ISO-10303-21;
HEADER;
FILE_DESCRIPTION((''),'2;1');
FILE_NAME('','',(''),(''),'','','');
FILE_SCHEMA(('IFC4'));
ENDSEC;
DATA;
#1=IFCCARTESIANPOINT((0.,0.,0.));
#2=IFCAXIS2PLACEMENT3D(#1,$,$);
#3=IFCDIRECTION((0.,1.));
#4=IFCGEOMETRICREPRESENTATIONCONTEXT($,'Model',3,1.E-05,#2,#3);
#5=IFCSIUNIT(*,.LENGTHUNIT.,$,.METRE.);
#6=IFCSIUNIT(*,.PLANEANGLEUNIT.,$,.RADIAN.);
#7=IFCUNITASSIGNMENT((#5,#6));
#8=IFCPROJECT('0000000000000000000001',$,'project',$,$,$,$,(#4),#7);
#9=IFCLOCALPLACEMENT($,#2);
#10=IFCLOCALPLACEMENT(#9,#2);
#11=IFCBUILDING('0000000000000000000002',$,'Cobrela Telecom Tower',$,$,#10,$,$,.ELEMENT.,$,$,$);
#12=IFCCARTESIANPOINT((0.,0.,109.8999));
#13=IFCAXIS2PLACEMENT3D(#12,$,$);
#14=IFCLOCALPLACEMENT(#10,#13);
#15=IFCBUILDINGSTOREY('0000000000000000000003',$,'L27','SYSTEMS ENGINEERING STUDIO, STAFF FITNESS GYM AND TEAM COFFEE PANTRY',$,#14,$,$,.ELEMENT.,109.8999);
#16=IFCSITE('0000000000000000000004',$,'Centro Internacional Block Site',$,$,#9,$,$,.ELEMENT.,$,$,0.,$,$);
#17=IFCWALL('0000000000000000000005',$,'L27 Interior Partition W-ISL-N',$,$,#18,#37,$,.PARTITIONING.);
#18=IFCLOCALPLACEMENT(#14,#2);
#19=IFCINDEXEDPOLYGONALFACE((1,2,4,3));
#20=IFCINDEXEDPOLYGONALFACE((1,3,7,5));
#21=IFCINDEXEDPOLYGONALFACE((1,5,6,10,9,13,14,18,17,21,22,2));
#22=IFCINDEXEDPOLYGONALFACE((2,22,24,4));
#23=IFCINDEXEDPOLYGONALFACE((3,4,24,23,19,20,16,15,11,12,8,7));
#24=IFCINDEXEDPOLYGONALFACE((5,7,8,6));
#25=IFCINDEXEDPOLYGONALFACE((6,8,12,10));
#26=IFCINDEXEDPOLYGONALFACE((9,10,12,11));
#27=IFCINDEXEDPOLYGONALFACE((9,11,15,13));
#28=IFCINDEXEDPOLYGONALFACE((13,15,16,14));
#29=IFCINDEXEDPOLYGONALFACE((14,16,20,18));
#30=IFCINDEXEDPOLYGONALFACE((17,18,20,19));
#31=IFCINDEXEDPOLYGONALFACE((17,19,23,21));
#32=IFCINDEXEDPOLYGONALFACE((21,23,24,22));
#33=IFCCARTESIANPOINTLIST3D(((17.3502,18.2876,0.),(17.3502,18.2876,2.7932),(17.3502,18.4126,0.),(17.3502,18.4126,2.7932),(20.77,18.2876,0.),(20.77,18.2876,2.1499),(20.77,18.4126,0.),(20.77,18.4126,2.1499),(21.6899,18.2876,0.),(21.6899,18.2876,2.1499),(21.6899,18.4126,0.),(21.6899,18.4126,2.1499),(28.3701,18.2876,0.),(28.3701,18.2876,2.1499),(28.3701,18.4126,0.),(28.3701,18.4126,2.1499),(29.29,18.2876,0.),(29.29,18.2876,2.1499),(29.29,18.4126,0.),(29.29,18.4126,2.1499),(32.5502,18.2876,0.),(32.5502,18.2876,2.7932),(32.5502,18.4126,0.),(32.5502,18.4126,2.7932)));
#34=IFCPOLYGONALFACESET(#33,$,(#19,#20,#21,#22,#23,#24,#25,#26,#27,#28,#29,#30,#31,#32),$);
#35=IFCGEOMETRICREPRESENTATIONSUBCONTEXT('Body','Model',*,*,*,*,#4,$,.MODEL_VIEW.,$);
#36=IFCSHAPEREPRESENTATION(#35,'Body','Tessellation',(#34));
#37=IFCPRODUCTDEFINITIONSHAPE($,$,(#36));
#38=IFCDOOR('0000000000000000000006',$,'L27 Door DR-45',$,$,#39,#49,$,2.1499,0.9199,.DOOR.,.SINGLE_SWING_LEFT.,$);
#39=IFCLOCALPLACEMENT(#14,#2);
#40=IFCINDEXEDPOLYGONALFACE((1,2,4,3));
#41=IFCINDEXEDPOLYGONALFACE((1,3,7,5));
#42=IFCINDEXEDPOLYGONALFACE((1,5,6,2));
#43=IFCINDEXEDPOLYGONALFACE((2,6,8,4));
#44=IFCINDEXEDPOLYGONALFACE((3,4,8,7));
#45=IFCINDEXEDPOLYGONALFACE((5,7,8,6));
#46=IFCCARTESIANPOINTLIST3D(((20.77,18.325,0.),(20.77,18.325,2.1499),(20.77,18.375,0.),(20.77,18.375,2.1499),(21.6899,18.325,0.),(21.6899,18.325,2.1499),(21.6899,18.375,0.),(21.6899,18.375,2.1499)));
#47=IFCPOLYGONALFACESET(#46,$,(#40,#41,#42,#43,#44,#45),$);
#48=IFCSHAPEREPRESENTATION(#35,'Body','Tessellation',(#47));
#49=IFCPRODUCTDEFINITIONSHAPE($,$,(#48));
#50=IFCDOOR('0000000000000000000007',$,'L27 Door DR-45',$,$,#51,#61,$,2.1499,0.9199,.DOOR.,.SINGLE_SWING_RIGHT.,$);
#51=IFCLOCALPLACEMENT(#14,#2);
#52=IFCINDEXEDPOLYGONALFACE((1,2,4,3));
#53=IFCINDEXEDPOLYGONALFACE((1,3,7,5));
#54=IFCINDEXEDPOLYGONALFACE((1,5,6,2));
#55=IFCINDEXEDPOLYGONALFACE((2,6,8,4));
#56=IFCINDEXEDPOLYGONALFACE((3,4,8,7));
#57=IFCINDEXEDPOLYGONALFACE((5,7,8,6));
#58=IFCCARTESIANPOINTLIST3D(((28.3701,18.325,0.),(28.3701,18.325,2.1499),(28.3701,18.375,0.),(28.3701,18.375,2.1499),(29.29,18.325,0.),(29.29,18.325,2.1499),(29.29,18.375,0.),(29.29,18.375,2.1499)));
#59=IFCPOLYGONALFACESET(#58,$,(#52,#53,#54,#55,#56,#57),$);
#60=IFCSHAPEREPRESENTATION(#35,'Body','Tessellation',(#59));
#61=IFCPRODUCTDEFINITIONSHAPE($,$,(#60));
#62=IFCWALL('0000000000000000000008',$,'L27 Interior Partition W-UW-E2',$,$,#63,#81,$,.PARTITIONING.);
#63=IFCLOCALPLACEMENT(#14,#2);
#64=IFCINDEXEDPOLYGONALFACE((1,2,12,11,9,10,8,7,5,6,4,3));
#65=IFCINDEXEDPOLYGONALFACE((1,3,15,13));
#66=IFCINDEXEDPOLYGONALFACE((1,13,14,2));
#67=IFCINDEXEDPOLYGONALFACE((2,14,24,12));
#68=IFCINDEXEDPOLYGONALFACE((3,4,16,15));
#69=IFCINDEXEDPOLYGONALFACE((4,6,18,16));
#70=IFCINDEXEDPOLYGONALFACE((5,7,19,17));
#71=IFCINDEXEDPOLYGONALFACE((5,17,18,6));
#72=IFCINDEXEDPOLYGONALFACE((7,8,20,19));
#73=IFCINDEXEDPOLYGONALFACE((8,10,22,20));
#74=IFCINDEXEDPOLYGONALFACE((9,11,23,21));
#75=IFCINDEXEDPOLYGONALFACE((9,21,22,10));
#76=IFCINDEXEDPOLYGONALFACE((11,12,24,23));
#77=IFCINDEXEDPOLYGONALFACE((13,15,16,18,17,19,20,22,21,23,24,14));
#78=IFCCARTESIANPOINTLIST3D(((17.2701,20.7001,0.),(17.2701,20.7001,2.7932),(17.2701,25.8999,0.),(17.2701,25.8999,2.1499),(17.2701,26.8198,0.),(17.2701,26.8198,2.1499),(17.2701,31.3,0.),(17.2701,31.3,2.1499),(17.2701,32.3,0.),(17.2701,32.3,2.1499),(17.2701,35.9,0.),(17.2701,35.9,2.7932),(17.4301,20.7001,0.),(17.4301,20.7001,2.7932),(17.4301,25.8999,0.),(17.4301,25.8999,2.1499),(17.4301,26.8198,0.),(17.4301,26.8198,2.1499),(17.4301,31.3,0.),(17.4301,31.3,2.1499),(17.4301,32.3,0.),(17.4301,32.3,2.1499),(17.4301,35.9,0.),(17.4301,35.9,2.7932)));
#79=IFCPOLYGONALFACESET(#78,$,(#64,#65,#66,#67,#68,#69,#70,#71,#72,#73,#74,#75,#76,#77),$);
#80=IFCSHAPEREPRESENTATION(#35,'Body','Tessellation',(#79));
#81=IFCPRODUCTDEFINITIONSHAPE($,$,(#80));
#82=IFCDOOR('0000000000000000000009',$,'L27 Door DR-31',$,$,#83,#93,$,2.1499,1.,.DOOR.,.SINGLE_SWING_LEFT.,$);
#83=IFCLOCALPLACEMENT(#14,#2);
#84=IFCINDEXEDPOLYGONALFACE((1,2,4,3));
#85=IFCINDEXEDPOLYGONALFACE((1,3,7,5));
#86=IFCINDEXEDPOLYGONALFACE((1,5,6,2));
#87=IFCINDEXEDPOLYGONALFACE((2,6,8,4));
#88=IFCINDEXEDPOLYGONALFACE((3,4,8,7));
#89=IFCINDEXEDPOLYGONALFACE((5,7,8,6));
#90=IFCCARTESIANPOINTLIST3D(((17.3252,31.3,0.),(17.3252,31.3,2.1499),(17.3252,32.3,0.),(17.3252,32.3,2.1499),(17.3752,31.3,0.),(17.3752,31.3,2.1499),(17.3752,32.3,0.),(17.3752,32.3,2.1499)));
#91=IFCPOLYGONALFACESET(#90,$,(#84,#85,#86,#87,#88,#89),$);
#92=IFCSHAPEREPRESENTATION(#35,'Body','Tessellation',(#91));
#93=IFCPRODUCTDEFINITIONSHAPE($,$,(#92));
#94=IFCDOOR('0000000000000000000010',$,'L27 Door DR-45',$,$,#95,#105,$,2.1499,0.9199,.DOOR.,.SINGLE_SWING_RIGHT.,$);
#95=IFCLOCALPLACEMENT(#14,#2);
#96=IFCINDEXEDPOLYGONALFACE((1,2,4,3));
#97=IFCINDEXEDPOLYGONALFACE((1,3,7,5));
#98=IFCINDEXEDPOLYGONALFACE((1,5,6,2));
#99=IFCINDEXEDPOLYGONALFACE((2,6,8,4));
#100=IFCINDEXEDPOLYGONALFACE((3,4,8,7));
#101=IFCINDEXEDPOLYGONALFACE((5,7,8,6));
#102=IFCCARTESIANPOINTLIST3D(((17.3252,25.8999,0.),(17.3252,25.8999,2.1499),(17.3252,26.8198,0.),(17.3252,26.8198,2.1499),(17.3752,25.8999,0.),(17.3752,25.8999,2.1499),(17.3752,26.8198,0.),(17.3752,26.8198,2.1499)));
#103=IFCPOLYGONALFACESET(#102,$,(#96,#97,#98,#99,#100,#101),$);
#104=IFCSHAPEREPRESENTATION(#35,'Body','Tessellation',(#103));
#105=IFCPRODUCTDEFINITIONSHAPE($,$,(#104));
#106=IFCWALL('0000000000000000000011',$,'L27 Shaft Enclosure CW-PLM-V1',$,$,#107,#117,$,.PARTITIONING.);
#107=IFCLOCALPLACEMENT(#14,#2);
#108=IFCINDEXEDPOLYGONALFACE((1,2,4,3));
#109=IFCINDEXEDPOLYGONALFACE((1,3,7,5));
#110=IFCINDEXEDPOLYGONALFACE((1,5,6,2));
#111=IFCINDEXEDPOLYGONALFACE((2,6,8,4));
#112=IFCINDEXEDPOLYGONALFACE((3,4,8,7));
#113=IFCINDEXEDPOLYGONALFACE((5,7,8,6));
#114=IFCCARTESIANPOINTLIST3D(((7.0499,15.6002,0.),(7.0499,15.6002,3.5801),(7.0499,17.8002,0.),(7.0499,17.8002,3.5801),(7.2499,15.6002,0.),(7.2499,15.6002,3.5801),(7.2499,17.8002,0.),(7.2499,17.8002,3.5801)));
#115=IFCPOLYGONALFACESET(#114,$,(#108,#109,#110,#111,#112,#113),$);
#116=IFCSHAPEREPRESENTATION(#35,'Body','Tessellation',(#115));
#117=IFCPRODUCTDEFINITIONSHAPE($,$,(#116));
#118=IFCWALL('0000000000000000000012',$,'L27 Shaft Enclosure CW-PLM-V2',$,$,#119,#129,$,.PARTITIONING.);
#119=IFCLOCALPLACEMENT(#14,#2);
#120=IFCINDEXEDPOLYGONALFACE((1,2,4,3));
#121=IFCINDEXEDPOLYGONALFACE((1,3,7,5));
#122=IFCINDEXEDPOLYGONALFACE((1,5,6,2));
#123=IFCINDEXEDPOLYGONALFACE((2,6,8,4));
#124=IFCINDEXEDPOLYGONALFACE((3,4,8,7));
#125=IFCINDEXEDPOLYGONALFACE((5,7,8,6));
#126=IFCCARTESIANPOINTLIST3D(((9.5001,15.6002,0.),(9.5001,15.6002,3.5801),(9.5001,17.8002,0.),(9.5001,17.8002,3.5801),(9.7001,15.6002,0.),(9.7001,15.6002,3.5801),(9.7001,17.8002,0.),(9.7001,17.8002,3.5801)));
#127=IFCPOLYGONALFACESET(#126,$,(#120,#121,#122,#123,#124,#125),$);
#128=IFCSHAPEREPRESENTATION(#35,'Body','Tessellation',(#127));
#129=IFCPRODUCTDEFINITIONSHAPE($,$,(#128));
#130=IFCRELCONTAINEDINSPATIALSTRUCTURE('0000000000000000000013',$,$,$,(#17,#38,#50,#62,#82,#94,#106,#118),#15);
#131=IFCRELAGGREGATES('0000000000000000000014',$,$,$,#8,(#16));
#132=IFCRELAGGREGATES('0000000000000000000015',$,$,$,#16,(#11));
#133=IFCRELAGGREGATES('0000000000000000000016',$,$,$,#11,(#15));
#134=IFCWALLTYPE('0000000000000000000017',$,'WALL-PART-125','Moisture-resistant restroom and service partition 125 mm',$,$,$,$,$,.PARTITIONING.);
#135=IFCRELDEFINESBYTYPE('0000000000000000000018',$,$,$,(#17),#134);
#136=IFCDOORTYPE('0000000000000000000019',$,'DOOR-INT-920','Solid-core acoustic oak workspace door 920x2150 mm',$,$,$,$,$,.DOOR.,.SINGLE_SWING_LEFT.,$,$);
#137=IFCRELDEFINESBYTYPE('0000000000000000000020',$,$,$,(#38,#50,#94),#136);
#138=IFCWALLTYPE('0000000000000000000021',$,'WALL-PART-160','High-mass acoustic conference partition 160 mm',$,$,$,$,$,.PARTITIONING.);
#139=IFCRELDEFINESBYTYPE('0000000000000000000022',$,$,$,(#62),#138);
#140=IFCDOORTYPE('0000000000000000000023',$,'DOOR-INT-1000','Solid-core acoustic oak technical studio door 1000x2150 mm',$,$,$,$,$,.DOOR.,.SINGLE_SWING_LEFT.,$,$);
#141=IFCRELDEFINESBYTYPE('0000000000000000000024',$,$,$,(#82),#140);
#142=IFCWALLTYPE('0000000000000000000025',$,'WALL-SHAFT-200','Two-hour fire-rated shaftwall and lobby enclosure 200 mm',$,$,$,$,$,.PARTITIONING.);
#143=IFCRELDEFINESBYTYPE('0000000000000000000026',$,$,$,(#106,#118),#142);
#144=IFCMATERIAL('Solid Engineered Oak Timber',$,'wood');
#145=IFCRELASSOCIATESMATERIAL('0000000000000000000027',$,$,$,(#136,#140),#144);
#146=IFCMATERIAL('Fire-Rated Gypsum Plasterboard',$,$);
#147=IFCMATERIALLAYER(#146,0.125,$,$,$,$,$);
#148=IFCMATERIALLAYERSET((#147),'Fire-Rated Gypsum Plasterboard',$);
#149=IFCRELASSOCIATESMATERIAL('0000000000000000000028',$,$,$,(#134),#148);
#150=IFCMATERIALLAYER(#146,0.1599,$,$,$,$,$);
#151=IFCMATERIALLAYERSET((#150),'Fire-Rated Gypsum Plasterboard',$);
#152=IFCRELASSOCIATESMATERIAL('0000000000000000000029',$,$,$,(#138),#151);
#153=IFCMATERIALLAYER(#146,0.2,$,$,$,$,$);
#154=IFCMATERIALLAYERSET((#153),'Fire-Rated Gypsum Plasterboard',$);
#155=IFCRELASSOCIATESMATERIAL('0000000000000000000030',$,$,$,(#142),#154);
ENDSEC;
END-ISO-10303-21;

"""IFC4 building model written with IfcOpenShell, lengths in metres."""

from ifc_helpers import new_model, si_unit, direction, frame, frame_2d, origin, place, context, subcontext, project, spatial, rectangle, extrude, material, layer, layer_set, type_object, element, fill, save


model = new_model("IFC4")

# Units and contexts
model_context = context("Model", 3, precision=1e-05, world=origin(), true_north=direction((0.0, 1.0)))
body_context = subcontext(model_context, "Body", "Model", "MODEL_VIEW")
ifc_project = project(units=[si_unit("LENGTHUNIT", "METRE"), si_unit("PLANEANGLEUNIT", "RADIAN")], contexts=[model_context])

# Site, building, storey
site_placement = place(None, origin())
site = spatial("IfcSite", under=ifc_project, at=site_placement, Name="Centro Internacional Block Site", CompositionType="ELEMENT", RefElevation=0.0)
building_placement = place(site_placement, origin())
building = spatial("IfcBuilding", under=site, at=building_placement, Name="Cobrela Telecom Tower", CompositionType="ELEMENT")
storey_placement = place(building_placement, frame((0.0, 0.0, 109.8999)))
storey = spatial("IfcBuildingStorey", under=building, at=storey_placement, Name="L27", Description="SYSTEMS ENGINEERING STUDIO, STAFF FITNESS GYM AND TEAM COFFEE PANTRY", CompositionType="ELEMENT", Elevation=109.8999)

# Walls, openings, doors
ifc_material_1 = material(Name="Fire-Rated Gypsum Plasterboard")
ifc_material_2 = material(Name="Solid Engineered Oak Timber", Category="wood")
door_type_1 = type_object("IfcDoorType", Name="DOOR-INT-920", Description="Solid-core acoustic oak workspace door 920x2150 mm", OperationType="SINGLE_SWING_LEFT", PredefinedType="DOOR", material=ifc_material_2)
ifc_layer_1 = layer(ifc_material_1, 0.125)
ifc_layer_set_1 = layer_set([ifc_layer_1], Name="Fire-Rated Gypsum Plasterboard")
wall_type_1 = type_object("IfcWallType", Name="WALL-PART-125", Description="Moisture-resistant restroom and service partition 125 mm", PredefinedType="PARTITIONING", material=ifc_layer_set_1)
wall_1_placement = place(storey_placement, frame((17.3501, 18.3501, 0.0), z_axis=(0.0, 0.0, 1.0), x_axis=(1.0, 0.0, 0.0)))
wall_1 = element("IfcWall", 1, at=wall_1_placement, inside=storey, type_object=wall_type_1, Name="L27 Interior Partition W-ISL-N", PredefinedType="PARTITIONING", context=body_context, shape_type="SweptSolid", body=[
    extrude(rectangle(XDim=15.2, YDim=0.125, at=frame_2d((7.6001, 0.0))), origin(), (0.0, 0.0, 1.0), 2.7932),
])
opening_1_placement = place(wall_1_placement, frame((3.4199, 0.0, 0.0)))
opening_1 = element("IfcOpeningElement", 2, at=opening_1_placement, cuts=wall_1, PredefinedType="OPENING", context=body_context, shape_type="SweptSolid", body=[
    extrude(rectangle(XDim=0.9199, YDim=2.1499, at=frame_2d((0.46, 1.075))), frame((0.0, 0.0745, 0.0), z_axis=(0.0, -1.0, 0.0), x_axis=(1.0, 0.0, 0.0)), (0.0, 0.0, 1.0), 0.1489),
])
opening_2_placement = place(wall_1_placement, frame((11.02, 0.0, 0.0)))
opening_2 = element("IfcOpeningElement", 3, at=opening_2_placement, cuts=wall_1, PredefinedType="OPENING", context=body_context, shape_type="SweptSolid", body=[
    extrude(rectangle(XDim=0.9199, YDim=2.1499, at=frame_2d((0.46, 1.075))), frame((0.0, 0.0745, 0.0), z_axis=(0.0, -1.0, 0.0), x_axis=(1.0, 0.0, 0.0)), (0.0, 0.0, 1.0), 0.1489),
])
door_1_placement = place(opening_1_placement, origin())
door_1 = element("IfcDoor", 4, at=door_1_placement, inside=storey, type_object=door_type_1, Name="L27 Door DR-45", OperationType="SINGLE_SWING_LEFT", OverallHeight=2.1499, OverallWidth=0.9199, PredefinedType="DOOR", context=body_context, shape_type="SweptSolid", body=[
    extrude(rectangle(XDim=0.9199, YDim=2.1499, at=frame_2d((0.46, 1.075))), frame((0.0, 0.0249, 0.0), z_axis=(0.0, -1.0, 0.0), x_axis=(1.0, 0.0, 0.0)), (0.0, 0.0, 1.0), 0.05),
])
fill(opening_1, door_1)
door_2_placement = place(opening_2_placement, origin())
door_2 = element("IfcDoor", 5, at=door_2_placement, inside=storey, type_object=door_type_1, Name="L27 Door DR-45", OperationType="SINGLE_SWING_RIGHT", OverallHeight=2.1499, OverallWidth=0.9199, PredefinedType="DOOR", context=body_context, shape_type="SweptSolid", body=[
    extrude(rectangle(XDim=0.9199, YDim=2.1499, at=frame_2d((0.46, 1.075))), frame((0.0, 0.0249, 0.0), z_axis=(0.0, -1.0, 0.0), x_axis=(1.0, 0.0, 0.0)), (0.0, 0.0, 1.0), 0.05),
])
fill(opening_2, door_2)
ifc_layer_2 = layer(ifc_material_1, 0.1599)
ifc_layer_set_2 = layer_set([ifc_layer_2], Name="Fire-Rated Gypsum Plasterboard")
wall_type_2 = type_object("IfcWallType", Name="WALL-PART-160", Description="High-mass acoustic conference partition 160 mm", PredefinedType="PARTITIONING", material=ifc_layer_set_2)
wall_2_placement = place(storey_placement, frame((17.3501, 20.7, 0.0), z_axis=(0.0, 0.0, 1.0), x_axis=(0.0, 1.0, 0.0)))
wall_2 = element("IfcWall", 6, at=wall_2_placement, inside=storey, type_object=wall_type_2, Name="L27 Interior Partition W-UW-E2", PredefinedType="PARTITIONING", context=body_context, shape_type="SweptSolid", body=[
    extrude(rectangle(XDim=15.2, YDim=0.1599, at=frame_2d((7.6001, 0.0))), origin(), (0.0, 0.0, 1.0), 2.7932),
])
opening_3_placement = place(wall_2_placement, frame((5.2, 0.0, 0.0)))
opening_3 = element("IfcOpeningElement", 7, at=opening_3_placement, cuts=wall_2, PredefinedType="OPENING", context=body_context, shape_type="SweptSolid", body=[
    extrude(rectangle(XDim=0.9199, YDim=2.1499, at=frame_2d((0.46, 1.075))), frame((0.0, 0.0918, 0.0), z_axis=(0.0, -1.0, 0.0), x_axis=(1.0, 0.0, 0.0)), (0.0, 0.0, 1.0), 0.1838),
])
opening_4_placement = place(wall_2_placement, frame((10.6001, 0.0, 0.0)))
opening_4 = element("IfcOpeningElement", 8, at=opening_4_placement, cuts=wall_2, PredefinedType="OPENING", context=body_context, shape_type="SweptSolid", body=[
    extrude(rectangle(XDim=1.0, YDim=2.1499, at=frame_2d((0.5, 1.075))), frame((0.0, 0.0918, 0.0), z_axis=(0.0, -1.0, 0.0), x_axis=(1.0, 0.0, 0.0)), (0.0, 0.0, 1.0), 0.1838),
])
door_type_2 = type_object("IfcDoorType", Name="DOOR-INT-1000", Description="Solid-core acoustic oak technical studio door 1000x2150 mm", OperationType="SINGLE_SWING_LEFT", PredefinedType="DOOR", material=ifc_material_2)
door_3_placement = place(opening_4_placement, origin())
door_3 = element("IfcDoor", 9, at=door_3_placement, inside=storey, type_object=door_type_2, Name="L27 Door DR-31", OperationType="SINGLE_SWING_LEFT", OverallHeight=2.1499, OverallWidth=1.0, PredefinedType="DOOR", context=body_context, shape_type="SweptSolid", body=[
    extrude(rectangle(XDim=1.0, YDim=2.1499, at=frame_2d((0.5, 1.075))), frame((0.0, 0.0249, 0.0), z_axis=(0.0, -1.0, 0.0), x_axis=(1.0, 0.0, 0.0)), (0.0, 0.0, 1.0), 0.05),
])
fill(opening_4, door_3)
door_4_placement = place(opening_3_placement, origin())
door_4 = element("IfcDoor", 10, at=door_4_placement, inside=storey, type_object=door_type_1, Name="L27 Door DR-45", OperationType="SINGLE_SWING_RIGHT", OverallHeight=2.1499, OverallWidth=0.9199, PredefinedType="DOOR", context=body_context, shape_type="SweptSolid", body=[
    extrude(rectangle(XDim=0.9199, YDim=2.1499, at=frame_2d((0.46, 1.075))), frame((0.0, 0.0249, 0.0), z_axis=(0.0, -1.0, 0.0), x_axis=(1.0, 0.0, 0.0)), (0.0, 0.0, 1.0), 0.05),
])
fill(opening_3, door_4)

# Walls
ifc_layer_3 = layer(ifc_material_1, 0.2)
ifc_layer_set_3 = layer_set([ifc_layer_3], Name="Fire-Rated Gypsum Plasterboard")
wall_type_3 = type_object("IfcWallType", Name="WALL-SHAFT-200", Description="Two-hour fire-rated shaftwall and lobby enclosure 200 mm", PredefinedType="PARTITIONING", material=ifc_layer_set_3)
for number, where, z_axis, x_axis, name in (
    (11, (7.1499, 15.6001, 0.0), (0.0, 0.0, 1.0), (0.0, 1.0, 0.0), "L27 Shaft Enclosure CW-PLM-V1"),
    (12, (9.6001, 15.6001, 0.0), (0.0, 0.0, 1.0), (0.0, 1.0, 0.0), "L27 Shaft Enclosure CW-PLM-V2"),
):
    element("IfcWall", number, at=place(storey_placement, frame(where, z_axis=z_axis, x_axis=x_axis)), inside=storey, type_object=wall_type_3, Name=name, PredefinedType="PARTITIONING", context=body_context, shape_type="SweptSolid", body=[
        extrude(rectangle(XDim=2.2, YDim=0.2, at=frame_2d((1.1001, 0.0))), origin(), (0.0, 0.0, 1.0), 3.5801),
    ])

save(model, "model.ifc")
